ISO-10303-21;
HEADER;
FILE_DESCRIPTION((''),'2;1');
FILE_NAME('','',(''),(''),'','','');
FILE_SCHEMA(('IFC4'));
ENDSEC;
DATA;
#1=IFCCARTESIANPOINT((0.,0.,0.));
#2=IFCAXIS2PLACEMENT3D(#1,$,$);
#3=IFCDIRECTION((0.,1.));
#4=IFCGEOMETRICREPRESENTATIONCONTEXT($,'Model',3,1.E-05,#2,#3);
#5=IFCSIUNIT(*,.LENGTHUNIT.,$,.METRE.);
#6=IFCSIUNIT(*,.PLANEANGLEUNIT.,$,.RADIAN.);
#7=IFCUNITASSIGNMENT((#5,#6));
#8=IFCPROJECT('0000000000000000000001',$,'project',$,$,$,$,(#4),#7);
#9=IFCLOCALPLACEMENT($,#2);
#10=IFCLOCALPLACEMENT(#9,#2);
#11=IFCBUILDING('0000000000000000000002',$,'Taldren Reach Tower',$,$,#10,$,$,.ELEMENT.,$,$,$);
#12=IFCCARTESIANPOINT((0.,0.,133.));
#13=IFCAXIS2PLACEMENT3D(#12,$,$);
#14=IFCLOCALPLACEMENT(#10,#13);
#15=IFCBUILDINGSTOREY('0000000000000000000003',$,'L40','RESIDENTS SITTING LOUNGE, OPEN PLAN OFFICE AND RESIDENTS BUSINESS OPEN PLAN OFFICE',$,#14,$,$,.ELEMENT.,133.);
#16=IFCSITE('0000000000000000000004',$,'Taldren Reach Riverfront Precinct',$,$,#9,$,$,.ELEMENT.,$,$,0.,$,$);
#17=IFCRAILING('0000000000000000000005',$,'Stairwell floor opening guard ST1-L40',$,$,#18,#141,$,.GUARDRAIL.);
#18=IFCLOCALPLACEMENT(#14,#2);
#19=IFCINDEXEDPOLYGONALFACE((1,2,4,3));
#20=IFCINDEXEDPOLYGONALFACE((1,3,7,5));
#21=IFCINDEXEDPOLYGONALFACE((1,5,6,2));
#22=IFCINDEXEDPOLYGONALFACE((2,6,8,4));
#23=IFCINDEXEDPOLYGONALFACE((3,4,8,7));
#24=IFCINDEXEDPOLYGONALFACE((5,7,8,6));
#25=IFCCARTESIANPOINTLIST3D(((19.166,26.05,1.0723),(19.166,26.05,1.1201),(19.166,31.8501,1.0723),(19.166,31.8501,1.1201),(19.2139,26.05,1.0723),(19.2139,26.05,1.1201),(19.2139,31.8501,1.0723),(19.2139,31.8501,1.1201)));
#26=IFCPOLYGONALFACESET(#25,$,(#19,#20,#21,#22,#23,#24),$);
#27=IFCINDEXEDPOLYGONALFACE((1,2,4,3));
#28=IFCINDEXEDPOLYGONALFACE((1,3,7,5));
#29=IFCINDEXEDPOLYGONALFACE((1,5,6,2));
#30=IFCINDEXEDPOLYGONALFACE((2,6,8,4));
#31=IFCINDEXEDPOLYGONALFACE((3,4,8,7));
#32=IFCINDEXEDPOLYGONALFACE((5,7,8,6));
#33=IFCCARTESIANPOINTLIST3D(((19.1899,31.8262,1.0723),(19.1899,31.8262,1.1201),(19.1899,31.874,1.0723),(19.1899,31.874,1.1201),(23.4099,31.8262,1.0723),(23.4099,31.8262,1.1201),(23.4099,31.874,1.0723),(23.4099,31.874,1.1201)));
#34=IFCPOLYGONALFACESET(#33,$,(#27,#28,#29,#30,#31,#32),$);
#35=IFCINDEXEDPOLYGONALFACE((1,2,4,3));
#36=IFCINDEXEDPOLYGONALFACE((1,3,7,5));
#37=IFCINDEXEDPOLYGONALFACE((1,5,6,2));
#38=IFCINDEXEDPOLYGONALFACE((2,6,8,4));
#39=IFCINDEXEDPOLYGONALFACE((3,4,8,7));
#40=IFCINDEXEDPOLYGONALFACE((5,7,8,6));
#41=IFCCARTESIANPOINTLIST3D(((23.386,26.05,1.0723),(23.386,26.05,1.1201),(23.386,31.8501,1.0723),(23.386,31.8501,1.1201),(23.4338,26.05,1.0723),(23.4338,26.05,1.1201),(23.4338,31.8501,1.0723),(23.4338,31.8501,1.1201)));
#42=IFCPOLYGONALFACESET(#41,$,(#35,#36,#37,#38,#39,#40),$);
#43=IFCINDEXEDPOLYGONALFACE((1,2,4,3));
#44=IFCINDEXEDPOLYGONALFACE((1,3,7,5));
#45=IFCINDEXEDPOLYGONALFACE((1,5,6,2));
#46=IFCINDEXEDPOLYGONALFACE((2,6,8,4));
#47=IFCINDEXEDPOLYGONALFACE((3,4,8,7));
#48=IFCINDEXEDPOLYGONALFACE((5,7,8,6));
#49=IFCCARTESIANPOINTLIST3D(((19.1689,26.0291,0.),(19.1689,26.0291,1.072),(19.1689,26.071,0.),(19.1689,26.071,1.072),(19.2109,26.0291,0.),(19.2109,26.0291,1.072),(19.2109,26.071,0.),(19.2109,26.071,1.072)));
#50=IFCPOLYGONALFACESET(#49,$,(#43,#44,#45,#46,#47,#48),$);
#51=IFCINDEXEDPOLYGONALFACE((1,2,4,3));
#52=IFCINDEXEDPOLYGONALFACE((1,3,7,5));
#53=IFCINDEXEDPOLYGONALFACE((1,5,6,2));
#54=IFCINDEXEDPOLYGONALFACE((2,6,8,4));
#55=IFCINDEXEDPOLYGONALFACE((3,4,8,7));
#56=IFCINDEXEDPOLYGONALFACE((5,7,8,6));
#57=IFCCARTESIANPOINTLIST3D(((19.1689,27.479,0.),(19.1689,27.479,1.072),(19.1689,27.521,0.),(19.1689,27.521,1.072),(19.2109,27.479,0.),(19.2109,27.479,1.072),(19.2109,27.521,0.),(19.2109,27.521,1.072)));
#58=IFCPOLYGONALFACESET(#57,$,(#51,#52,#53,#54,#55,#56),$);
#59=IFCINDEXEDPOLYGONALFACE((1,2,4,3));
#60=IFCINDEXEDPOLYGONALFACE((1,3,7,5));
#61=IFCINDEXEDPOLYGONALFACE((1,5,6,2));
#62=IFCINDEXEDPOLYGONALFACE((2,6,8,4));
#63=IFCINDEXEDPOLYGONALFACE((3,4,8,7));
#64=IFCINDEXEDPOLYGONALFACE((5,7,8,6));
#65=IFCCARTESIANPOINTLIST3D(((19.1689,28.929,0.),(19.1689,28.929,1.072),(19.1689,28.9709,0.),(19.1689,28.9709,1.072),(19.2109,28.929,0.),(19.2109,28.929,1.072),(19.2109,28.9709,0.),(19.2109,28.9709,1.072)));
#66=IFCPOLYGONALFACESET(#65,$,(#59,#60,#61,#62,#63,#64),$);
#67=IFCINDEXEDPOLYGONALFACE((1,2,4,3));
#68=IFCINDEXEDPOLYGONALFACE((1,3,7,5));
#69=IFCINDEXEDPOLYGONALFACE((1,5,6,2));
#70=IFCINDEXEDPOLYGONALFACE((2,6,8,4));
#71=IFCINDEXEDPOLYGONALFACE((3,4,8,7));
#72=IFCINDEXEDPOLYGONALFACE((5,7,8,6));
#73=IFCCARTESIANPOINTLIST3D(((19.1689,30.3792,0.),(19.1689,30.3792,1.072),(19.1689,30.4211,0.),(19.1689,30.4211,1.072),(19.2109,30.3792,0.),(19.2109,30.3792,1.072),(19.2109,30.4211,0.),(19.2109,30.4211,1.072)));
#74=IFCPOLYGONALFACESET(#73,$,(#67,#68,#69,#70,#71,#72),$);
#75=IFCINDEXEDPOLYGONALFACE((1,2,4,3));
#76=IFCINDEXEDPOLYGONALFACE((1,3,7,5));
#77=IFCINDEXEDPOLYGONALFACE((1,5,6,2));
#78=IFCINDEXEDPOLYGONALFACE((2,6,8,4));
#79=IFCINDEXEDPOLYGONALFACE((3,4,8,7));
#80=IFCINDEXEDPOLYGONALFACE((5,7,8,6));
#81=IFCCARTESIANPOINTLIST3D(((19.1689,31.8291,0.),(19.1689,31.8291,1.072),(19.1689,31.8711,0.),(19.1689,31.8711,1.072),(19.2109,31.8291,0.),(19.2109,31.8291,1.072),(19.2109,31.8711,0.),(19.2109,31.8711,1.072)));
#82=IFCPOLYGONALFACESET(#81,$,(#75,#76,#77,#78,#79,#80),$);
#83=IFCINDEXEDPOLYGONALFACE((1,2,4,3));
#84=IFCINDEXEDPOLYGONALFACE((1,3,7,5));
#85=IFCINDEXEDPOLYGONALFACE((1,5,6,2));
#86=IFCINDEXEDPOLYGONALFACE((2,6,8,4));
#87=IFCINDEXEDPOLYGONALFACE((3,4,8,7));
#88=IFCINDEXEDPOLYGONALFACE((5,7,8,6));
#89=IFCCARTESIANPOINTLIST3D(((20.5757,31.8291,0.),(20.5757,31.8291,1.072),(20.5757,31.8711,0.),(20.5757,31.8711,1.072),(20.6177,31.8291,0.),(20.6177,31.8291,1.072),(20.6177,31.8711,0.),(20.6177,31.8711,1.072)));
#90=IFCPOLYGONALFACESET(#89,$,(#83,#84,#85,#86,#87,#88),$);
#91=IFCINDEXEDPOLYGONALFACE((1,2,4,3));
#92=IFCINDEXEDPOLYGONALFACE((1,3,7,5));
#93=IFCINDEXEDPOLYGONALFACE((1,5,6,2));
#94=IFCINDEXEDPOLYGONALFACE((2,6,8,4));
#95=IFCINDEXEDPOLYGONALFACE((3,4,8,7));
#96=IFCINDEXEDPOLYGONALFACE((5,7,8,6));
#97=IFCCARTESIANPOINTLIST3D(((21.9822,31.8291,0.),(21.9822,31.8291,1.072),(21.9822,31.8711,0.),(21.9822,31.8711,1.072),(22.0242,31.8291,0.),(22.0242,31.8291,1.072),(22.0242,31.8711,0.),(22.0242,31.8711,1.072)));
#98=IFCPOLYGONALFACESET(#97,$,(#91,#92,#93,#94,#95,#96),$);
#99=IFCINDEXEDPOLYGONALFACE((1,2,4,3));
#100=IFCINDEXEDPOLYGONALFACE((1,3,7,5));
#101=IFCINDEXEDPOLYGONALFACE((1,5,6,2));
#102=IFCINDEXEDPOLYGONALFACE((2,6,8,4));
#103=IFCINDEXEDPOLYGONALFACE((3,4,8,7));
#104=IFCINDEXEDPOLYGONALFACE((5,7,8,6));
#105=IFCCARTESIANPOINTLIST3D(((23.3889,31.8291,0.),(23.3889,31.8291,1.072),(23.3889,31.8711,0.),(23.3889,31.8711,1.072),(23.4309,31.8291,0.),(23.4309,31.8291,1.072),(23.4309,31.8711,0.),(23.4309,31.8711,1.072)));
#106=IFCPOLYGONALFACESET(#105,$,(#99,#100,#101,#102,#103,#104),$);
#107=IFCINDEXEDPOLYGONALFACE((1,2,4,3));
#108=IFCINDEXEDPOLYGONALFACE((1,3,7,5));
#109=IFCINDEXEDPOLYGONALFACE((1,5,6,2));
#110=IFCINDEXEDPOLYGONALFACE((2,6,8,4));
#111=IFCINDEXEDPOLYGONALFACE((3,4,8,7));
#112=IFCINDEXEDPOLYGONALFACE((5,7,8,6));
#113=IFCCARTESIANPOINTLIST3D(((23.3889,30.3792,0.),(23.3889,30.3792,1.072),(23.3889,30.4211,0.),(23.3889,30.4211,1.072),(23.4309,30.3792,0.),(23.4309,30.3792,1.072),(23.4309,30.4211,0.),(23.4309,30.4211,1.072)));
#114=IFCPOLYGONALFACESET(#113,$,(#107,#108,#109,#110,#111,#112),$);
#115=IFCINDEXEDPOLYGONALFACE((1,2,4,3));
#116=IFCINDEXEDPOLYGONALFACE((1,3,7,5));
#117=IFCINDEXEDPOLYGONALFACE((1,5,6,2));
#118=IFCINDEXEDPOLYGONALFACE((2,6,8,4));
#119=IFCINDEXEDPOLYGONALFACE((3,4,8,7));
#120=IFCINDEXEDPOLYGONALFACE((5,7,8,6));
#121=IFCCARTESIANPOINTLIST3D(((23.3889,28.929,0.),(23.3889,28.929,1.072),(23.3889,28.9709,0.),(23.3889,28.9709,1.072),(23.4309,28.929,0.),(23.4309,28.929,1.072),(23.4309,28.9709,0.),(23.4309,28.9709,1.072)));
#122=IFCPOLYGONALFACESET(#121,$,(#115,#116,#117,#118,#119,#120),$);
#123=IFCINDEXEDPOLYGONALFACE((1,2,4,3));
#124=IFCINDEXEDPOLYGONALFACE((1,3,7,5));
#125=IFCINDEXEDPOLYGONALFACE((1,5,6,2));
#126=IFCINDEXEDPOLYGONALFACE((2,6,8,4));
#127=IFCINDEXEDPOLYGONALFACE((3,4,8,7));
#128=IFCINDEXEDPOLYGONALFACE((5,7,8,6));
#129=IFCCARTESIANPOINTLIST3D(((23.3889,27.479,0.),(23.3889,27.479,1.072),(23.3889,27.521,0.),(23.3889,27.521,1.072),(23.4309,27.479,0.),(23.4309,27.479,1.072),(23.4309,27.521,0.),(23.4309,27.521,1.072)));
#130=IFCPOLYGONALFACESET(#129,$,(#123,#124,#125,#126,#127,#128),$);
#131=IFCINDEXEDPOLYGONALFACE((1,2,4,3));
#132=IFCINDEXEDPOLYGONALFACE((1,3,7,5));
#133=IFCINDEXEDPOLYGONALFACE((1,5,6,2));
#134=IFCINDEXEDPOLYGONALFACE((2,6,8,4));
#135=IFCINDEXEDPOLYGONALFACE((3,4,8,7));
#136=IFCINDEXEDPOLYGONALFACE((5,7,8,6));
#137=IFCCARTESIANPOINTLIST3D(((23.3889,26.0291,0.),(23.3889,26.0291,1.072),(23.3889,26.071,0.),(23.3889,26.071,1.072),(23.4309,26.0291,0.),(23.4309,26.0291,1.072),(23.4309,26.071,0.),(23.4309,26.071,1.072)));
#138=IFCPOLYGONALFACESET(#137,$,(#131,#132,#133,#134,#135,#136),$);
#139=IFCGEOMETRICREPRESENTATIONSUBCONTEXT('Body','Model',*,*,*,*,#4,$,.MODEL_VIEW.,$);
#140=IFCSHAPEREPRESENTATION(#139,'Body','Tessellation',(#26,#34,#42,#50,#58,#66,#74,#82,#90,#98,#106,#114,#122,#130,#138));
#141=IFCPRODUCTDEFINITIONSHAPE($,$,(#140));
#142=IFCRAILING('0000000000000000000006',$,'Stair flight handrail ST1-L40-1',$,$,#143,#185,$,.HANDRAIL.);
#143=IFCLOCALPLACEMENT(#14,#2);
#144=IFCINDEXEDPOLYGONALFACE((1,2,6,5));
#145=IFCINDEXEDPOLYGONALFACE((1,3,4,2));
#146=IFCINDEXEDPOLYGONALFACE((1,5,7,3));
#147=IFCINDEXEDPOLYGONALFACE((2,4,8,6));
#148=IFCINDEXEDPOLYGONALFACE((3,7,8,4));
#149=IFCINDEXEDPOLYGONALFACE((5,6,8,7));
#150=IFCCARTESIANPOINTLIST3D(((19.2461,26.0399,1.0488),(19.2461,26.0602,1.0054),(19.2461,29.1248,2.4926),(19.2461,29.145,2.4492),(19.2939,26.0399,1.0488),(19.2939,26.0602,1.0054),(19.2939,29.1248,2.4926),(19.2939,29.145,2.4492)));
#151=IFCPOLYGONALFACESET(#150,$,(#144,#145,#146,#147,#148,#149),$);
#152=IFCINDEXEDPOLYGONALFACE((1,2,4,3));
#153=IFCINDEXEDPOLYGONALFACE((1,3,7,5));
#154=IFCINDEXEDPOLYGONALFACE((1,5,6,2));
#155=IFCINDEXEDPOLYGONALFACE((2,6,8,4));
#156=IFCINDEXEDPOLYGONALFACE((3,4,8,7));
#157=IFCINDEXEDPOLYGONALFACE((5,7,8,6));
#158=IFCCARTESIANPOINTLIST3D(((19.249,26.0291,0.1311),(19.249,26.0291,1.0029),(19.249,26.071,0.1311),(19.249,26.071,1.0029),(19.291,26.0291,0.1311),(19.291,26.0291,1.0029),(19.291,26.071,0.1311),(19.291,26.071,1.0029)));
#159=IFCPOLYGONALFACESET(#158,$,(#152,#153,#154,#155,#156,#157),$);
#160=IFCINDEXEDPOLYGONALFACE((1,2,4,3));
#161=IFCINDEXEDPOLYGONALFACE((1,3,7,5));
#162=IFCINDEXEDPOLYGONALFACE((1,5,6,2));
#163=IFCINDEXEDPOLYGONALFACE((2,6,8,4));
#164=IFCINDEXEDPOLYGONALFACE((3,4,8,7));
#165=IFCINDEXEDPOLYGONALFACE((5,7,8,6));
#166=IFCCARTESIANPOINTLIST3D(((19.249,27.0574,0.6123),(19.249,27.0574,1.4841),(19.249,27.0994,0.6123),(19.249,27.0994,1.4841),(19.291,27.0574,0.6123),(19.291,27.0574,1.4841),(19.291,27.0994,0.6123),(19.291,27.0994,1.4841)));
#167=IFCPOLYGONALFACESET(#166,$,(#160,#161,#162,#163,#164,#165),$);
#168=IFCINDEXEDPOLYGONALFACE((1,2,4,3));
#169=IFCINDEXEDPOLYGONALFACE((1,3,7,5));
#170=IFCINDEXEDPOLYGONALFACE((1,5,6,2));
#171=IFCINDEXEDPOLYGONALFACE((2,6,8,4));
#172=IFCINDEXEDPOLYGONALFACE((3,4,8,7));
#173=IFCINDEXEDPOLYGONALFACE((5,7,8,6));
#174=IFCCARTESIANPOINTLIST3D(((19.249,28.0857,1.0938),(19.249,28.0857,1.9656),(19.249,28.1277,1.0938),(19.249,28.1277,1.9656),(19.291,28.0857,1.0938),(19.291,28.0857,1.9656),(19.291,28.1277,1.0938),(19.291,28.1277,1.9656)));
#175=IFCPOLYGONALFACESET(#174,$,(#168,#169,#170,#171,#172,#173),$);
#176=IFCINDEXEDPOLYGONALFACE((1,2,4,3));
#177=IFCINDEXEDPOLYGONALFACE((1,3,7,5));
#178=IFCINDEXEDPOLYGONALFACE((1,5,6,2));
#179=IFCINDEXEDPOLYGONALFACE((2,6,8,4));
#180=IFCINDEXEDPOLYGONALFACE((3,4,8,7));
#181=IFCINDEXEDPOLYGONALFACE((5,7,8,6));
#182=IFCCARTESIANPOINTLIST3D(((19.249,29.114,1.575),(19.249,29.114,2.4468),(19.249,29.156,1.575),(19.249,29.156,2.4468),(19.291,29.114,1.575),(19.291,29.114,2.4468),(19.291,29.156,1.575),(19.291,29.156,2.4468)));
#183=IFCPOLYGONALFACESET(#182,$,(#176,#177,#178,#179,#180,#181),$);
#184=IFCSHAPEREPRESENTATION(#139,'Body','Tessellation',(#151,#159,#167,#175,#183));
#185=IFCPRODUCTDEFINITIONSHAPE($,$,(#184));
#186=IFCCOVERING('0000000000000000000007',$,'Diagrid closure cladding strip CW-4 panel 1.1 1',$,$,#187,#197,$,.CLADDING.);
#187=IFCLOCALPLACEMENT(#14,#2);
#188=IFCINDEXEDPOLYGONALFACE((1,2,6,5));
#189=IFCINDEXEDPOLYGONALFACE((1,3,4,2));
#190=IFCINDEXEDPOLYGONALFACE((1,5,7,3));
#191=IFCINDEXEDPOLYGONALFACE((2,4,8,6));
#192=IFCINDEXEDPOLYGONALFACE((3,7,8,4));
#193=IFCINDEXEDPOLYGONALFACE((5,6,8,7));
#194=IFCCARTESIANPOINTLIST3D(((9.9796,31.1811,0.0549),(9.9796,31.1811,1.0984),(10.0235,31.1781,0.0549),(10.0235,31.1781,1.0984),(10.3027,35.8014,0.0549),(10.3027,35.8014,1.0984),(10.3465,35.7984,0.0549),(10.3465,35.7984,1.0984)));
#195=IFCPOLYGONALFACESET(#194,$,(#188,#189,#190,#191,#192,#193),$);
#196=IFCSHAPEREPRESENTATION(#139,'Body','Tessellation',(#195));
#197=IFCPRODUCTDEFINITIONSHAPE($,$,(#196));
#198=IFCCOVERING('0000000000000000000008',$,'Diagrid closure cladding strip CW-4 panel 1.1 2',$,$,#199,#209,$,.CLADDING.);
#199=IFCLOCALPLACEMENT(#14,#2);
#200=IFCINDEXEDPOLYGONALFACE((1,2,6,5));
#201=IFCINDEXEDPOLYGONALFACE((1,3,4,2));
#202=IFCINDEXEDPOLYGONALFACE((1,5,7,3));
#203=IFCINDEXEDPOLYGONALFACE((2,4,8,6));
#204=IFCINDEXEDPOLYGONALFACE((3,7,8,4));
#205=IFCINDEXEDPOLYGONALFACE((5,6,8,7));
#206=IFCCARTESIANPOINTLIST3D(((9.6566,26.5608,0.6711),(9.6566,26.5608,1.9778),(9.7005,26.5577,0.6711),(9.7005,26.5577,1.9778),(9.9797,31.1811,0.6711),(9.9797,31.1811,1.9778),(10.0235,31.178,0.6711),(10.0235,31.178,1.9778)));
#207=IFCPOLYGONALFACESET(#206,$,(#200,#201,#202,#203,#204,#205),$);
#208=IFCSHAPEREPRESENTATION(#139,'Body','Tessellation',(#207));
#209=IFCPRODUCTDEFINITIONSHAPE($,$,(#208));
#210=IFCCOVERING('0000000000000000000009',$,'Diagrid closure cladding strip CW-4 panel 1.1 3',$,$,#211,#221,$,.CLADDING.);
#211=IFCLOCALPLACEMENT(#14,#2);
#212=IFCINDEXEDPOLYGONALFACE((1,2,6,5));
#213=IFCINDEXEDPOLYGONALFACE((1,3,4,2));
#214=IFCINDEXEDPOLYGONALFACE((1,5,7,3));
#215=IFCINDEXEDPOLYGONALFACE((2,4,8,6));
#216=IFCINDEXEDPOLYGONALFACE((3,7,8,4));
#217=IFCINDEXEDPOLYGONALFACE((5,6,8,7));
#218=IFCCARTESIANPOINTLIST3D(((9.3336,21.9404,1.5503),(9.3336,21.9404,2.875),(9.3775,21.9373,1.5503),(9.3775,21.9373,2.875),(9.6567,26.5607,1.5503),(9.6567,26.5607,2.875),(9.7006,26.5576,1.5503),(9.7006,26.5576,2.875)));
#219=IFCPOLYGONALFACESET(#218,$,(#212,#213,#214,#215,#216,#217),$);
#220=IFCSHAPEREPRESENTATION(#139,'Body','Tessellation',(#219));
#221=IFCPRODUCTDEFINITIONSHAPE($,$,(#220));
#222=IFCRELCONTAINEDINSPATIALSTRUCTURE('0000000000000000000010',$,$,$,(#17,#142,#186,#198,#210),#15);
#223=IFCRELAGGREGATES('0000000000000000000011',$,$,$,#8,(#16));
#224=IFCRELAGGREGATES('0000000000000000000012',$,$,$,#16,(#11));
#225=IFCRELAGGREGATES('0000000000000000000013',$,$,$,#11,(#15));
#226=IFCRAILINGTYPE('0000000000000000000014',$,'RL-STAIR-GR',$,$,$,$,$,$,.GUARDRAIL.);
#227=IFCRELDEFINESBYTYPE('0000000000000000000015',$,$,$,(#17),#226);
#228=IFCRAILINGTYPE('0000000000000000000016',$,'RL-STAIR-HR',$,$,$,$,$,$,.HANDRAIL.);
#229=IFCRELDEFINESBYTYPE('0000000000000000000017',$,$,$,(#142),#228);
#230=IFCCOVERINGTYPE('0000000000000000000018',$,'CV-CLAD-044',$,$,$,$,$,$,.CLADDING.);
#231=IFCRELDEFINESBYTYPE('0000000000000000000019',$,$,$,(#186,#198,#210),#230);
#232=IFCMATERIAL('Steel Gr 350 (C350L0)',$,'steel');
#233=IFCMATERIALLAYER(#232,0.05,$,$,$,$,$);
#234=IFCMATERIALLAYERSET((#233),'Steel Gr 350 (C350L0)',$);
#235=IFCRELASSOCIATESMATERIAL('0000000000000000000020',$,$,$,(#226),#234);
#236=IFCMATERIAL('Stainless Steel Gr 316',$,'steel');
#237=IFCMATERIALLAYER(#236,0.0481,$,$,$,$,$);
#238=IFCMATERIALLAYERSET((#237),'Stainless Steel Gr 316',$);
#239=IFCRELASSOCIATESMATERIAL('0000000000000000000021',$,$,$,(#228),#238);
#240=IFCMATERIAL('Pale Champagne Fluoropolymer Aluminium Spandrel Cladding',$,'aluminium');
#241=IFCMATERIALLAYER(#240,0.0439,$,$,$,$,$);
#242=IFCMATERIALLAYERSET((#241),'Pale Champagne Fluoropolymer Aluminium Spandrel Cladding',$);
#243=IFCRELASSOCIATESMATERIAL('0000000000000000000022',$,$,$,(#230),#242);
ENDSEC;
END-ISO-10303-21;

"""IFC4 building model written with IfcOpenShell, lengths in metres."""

from ifc_helpers import new_model, si_unit, direction, frame, origin, origin_2d, place, context, subcontext, project, spatial, rectangle, extrude, source, transform, mapped, material, layer, layer_set, type_object, element, save


model = new_model("IFC4")

# Units and contexts
model_context = context("Model", 3, precision=1e-05, world=origin(), true_north=direction((0.0, 1.0)))
body_context = subcontext(model_context, "Body", "Model", "MODEL_VIEW")
ifc_project = project(units=[si_unit("LENGTHUNIT", "METRE"), si_unit("PLANEANGLEUNIT", "RADIAN")], contexts=[model_context])

# Site, building, storey
site_placement = place(None, origin())
site = spatial("IfcSite", under=ifc_project, at=site_placement, Name="Taldren Reach Riverfront Precinct", CompositionType="ELEMENT", RefElevation=0.0)
building_placement = place(site_placement, origin())
building = spatial("IfcBuilding", under=site, at=building_placement, Name="Taldren Reach Tower", CompositionType="ELEMENT")
storey_placement = place(building_placement, frame((0.0, 0.0, 133.0)))
storey = spatial("IfcBuildingStorey", under=building, at=storey_placement, Name="L40", Description="RESIDENTS SITTING LOUNGE, OPEN PLAN OFFICE AND RESIDENTS BUSINESS OPEN PLAN OFFICE", CompositionType="ELEMENT", Elevation=133.0)

# Shared definitions
ifc_material_1 = material(Name="Steel Gr 350 (C350L0)", Category="steel")

# Railings
ifc_layer_1 = layer(ifc_material_1, 0.05)
ifc_layer_set_1 = layer_set([ifc_layer_1], Name="Steel Gr 350 (C350L0)")
railing_type_1 = type_object("IfcRailingType", Name="RL-STAIR-GR", PredefinedType="GUARDRAIL", material=ifc_layer_set_1)
railing_1_placement = place(storey_placement, frame((19.1899, 26.05, 0.0)))
element("IfcRailing", 1, at=railing_1_placement, inside=storey, type_object=railing_type_1, Name="Stairwell floor opening guard ST1-L40", PredefinedType="GUARDRAIL", context=body_context, shape_type="SweptSolid", body=[
    extrude(rectangle(XDim=0.0479, YDim=0.0479, at=origin_2d()), frame((0.0, 0.0, 1.0962), z_axis=(0.0, 1.0, 0.0), x_axis=(-1.0, 0.0, 0.0)), (0.0, 0.0, 1.0), 5.8),
    extrude(rectangle(XDim=0.0479, YDim=0.0479, at=origin_2d()), frame((0.0, 5.8, 1.0962), z_axis=(1.0, 0.0, 0.0), x_axis=(0.0, 1.0, 0.0)), (0.0, 0.0, 1.0), 4.22),
    extrude(rectangle(XDim=0.0479, YDim=0.0479, at=origin_2d()), frame((4.22, 5.8, 1.0962), z_axis=(0.0, -1.0, 0.0), x_axis=(1.0, 0.0, 0.0)), (0.0, 0.0, 1.0), 5.8),
    extrude(rectangle(XDim=0.042, YDim=0.042, at=origin_2d()), origin(), (0.0, 0.0, 1.0), 1.072),
    extrude(rectangle(XDim=0.042, YDim=0.042, at=origin_2d()), frame((0.0, 1.45, 0.0)), (0.0, 0.0, 1.0), 1.072),
    extrude(rectangle(XDim=0.042, YDim=0.042, at=origin_2d()), frame((0.0, 2.8999, 0.0)), (0.0, 0.0, 1.0), 1.072),
    extrude(rectangle(XDim=0.042, YDim=0.042, at=origin_2d()), frame((0.0, 4.3501, 0.0)), (0.0, 0.0, 1.0), 1.072),
    extrude(rectangle(XDim=0.042, YDim=0.042, at=origin_2d()), frame((0.0, 5.8, 0.0)), (0.0, 0.0, 1.0), 1.072),
    extrude(rectangle(XDim=0.042, YDim=0.042, at=origin_2d()), frame((1.4067, 5.8, 0.0)), (0.0, 0.0, 1.0), 1.072),
    extrude(rectangle(XDim=0.042, YDim=0.042, at=origin_2d()), frame((2.8132, 5.8, 0.0)), (0.0, 0.0, 1.0), 1.072),
    extrude(rectangle(XDim=0.042, YDim=0.042, at=origin_2d()), frame((4.22, 5.8, 0.0)), (0.0, 0.0, 1.0), 1.072),
    extrude(rectangle(XDim=0.042, YDim=0.042, at=origin_2d()), frame((4.22, 4.3501, 0.0)), (0.0, 0.0, 1.0), 1.072),
    extrude(rectangle(XDim=0.042, YDim=0.042, at=origin_2d()), frame((4.22, 2.8999, 0.0)), (0.0, 0.0, 1.0), 1.072),
    extrude(rectangle(XDim=0.042, YDim=0.042, at=origin_2d()), frame((4.22, 1.45, 0.0)), (0.0, 0.0, 1.0), 1.072),
    extrude(rectangle(XDim=0.042, YDim=0.042, at=origin_2d()), frame((4.22, 0.0, 0.0)), (0.0, 0.0, 1.0), 1.072),
])
ifc_material_2 = material(Name="Stainless Steel Gr 316", Category="steel")
ifc_layer_2 = layer(ifc_material_2, 0.0481)
ifc_layer_set_2 = layer_set([ifc_layer_2], Name="Stainless Steel Gr 316")
railing_type_2 = type_object("IfcRailingType", Name="RL-STAIR-HR", PredefinedType="HANDRAIL", material=ifc_layer_set_2)
railing_2_placement = place(storey_placement, frame((19.27, 26.05, 0.1311)))
element("IfcRailing", 2, at=railing_2_placement, inside=storey, type_object=railing_type_2, Name="Stair flight handrail ST1-L40-1", PredefinedType="HANDRAIL", context=body_context, shape_type="SweptSolid", body=[
    extrude(rectangle(XDim=0.0479, YDim=0.0479, at=origin_2d()), frame((0.0, 0.0, 0.896), z_axis=(0.0, 0.90571, 0.423898), x_axis=(-1.0, 0.0, 0.0)), (0.0, 0.0, 1.0), 3.406),
    extrude(rectangle(XDim=0.042, YDim=0.042, at=origin_2d()), origin(), (0.0, 0.0, 1.0), 0.8718),
    extrude(rectangle(XDim=0.042, YDim=0.042, at=origin_2d()), frame((0.0, 1.0283, 0.4812)), (0.0, 0.0, 1.0), 0.8718),
    extrude(rectangle(XDim=0.042, YDim=0.042, at=origin_2d()), frame((0.0, 2.0566, 0.9626)), (0.0, 0.0, 1.0), 0.8718),
    extrude(rectangle(XDim=0.042, YDim=0.042, at=origin_2d()), frame((0.0, 3.085, 1.4438)), (0.0, 0.0, 1.0), 0.8718),
])

# Coverings
ifc_material_3 = material(Name="Pale Champagne Fluoropolymer Aluminium Spandrel Cladding", Category="aluminium")
ifc_layer_3 = layer(ifc_material_3, 0.0439)
ifc_layer_set_3 = layer_set([ifc_layer_3], Name="Pale Champagne Fluoropolymer Aluminium Spandrel Cladding")
covering_type = type_object("IfcCoveringType", Name="CV-CLAD-044", PredefinedType="CLADDING", material=ifc_layer_set_3)
shared_shape_1 = source(origin(), body_context, "Body", "SweptSolid", [
    extrude(rectangle(XDim=4.6316, YDim=0.0439, at=origin_2d()), origin(), (0.0, 0.0, 1.0), 1.0435),
])
covering_1_placement = place(storey_placement, frame((10.1631, 33.4897, 0.0549), z_axis=(0.0, 0.0, 1.0), x_axis=(-0.069756, -0.997564, 0.0)))
element("IfcCovering", 3, at=covering_1_placement, inside=storey, type_object=covering_type, Name="Diagrid closure cladding strip CW-4 panel 1.1 1", PredefinedType="CLADDING", context=body_context, shape_type="MappedRepresentation", body=[
    mapped(shared_shape_1, transform((0.0, 0.0, 0.0), scale=1.0)),
])
shared_shape_2 = source(origin(), body_context, "Body", "SweptSolid", [
    extrude(rectangle(XDim=4.6316, YDim=0.0439, at=origin_2d()), origin(), (0.0, 0.0, 1.0), 1.3066),
])
covering_2_placement = place(storey_placement, frame((9.8401, 28.8694, 0.6711), z_axis=(0.0, 0.0, 1.0), x_axis=(-0.069756, -0.997564, 0.0)))
element("IfcCovering", 4, at=covering_2_placement, inside=storey, type_object=covering_type, Name="Diagrid closure cladding strip CW-4 panel 1.1 2", PredefinedType="CLADDING", context=body_context, shape_type="MappedRepresentation", body=[
    mapped(shared_shape_2, transform((0.0, 0.0, 0.0), scale=1.0)),
])
shared_shape_3 = source(origin(), body_context, "Body", "SweptSolid", [
    extrude(rectangle(XDim=4.6316, YDim=0.0439, at=origin_2d()), origin(), (0.0, 0.0, 1.0), 1.3247),
])
covering_3_placement = place(storey_placement, frame((9.5171, 24.249, 1.5503), z_axis=(0.0, 0.0, 1.0), x_axis=(-0.069756, -0.997564, 0.0)))
element("IfcCovering", 5, at=covering_3_placement, inside=storey, type_object=covering_type, Name="Diagrid closure cladding strip CW-4 panel 1.1 3", PredefinedType="CLADDING", context=body_context, shape_type="MappedRepresentation", body=[
    mapped(shared_shape_3, transform((0.0, 0.0, 0.0), scale=1.0)),
])

save(model, "model.ifc")
